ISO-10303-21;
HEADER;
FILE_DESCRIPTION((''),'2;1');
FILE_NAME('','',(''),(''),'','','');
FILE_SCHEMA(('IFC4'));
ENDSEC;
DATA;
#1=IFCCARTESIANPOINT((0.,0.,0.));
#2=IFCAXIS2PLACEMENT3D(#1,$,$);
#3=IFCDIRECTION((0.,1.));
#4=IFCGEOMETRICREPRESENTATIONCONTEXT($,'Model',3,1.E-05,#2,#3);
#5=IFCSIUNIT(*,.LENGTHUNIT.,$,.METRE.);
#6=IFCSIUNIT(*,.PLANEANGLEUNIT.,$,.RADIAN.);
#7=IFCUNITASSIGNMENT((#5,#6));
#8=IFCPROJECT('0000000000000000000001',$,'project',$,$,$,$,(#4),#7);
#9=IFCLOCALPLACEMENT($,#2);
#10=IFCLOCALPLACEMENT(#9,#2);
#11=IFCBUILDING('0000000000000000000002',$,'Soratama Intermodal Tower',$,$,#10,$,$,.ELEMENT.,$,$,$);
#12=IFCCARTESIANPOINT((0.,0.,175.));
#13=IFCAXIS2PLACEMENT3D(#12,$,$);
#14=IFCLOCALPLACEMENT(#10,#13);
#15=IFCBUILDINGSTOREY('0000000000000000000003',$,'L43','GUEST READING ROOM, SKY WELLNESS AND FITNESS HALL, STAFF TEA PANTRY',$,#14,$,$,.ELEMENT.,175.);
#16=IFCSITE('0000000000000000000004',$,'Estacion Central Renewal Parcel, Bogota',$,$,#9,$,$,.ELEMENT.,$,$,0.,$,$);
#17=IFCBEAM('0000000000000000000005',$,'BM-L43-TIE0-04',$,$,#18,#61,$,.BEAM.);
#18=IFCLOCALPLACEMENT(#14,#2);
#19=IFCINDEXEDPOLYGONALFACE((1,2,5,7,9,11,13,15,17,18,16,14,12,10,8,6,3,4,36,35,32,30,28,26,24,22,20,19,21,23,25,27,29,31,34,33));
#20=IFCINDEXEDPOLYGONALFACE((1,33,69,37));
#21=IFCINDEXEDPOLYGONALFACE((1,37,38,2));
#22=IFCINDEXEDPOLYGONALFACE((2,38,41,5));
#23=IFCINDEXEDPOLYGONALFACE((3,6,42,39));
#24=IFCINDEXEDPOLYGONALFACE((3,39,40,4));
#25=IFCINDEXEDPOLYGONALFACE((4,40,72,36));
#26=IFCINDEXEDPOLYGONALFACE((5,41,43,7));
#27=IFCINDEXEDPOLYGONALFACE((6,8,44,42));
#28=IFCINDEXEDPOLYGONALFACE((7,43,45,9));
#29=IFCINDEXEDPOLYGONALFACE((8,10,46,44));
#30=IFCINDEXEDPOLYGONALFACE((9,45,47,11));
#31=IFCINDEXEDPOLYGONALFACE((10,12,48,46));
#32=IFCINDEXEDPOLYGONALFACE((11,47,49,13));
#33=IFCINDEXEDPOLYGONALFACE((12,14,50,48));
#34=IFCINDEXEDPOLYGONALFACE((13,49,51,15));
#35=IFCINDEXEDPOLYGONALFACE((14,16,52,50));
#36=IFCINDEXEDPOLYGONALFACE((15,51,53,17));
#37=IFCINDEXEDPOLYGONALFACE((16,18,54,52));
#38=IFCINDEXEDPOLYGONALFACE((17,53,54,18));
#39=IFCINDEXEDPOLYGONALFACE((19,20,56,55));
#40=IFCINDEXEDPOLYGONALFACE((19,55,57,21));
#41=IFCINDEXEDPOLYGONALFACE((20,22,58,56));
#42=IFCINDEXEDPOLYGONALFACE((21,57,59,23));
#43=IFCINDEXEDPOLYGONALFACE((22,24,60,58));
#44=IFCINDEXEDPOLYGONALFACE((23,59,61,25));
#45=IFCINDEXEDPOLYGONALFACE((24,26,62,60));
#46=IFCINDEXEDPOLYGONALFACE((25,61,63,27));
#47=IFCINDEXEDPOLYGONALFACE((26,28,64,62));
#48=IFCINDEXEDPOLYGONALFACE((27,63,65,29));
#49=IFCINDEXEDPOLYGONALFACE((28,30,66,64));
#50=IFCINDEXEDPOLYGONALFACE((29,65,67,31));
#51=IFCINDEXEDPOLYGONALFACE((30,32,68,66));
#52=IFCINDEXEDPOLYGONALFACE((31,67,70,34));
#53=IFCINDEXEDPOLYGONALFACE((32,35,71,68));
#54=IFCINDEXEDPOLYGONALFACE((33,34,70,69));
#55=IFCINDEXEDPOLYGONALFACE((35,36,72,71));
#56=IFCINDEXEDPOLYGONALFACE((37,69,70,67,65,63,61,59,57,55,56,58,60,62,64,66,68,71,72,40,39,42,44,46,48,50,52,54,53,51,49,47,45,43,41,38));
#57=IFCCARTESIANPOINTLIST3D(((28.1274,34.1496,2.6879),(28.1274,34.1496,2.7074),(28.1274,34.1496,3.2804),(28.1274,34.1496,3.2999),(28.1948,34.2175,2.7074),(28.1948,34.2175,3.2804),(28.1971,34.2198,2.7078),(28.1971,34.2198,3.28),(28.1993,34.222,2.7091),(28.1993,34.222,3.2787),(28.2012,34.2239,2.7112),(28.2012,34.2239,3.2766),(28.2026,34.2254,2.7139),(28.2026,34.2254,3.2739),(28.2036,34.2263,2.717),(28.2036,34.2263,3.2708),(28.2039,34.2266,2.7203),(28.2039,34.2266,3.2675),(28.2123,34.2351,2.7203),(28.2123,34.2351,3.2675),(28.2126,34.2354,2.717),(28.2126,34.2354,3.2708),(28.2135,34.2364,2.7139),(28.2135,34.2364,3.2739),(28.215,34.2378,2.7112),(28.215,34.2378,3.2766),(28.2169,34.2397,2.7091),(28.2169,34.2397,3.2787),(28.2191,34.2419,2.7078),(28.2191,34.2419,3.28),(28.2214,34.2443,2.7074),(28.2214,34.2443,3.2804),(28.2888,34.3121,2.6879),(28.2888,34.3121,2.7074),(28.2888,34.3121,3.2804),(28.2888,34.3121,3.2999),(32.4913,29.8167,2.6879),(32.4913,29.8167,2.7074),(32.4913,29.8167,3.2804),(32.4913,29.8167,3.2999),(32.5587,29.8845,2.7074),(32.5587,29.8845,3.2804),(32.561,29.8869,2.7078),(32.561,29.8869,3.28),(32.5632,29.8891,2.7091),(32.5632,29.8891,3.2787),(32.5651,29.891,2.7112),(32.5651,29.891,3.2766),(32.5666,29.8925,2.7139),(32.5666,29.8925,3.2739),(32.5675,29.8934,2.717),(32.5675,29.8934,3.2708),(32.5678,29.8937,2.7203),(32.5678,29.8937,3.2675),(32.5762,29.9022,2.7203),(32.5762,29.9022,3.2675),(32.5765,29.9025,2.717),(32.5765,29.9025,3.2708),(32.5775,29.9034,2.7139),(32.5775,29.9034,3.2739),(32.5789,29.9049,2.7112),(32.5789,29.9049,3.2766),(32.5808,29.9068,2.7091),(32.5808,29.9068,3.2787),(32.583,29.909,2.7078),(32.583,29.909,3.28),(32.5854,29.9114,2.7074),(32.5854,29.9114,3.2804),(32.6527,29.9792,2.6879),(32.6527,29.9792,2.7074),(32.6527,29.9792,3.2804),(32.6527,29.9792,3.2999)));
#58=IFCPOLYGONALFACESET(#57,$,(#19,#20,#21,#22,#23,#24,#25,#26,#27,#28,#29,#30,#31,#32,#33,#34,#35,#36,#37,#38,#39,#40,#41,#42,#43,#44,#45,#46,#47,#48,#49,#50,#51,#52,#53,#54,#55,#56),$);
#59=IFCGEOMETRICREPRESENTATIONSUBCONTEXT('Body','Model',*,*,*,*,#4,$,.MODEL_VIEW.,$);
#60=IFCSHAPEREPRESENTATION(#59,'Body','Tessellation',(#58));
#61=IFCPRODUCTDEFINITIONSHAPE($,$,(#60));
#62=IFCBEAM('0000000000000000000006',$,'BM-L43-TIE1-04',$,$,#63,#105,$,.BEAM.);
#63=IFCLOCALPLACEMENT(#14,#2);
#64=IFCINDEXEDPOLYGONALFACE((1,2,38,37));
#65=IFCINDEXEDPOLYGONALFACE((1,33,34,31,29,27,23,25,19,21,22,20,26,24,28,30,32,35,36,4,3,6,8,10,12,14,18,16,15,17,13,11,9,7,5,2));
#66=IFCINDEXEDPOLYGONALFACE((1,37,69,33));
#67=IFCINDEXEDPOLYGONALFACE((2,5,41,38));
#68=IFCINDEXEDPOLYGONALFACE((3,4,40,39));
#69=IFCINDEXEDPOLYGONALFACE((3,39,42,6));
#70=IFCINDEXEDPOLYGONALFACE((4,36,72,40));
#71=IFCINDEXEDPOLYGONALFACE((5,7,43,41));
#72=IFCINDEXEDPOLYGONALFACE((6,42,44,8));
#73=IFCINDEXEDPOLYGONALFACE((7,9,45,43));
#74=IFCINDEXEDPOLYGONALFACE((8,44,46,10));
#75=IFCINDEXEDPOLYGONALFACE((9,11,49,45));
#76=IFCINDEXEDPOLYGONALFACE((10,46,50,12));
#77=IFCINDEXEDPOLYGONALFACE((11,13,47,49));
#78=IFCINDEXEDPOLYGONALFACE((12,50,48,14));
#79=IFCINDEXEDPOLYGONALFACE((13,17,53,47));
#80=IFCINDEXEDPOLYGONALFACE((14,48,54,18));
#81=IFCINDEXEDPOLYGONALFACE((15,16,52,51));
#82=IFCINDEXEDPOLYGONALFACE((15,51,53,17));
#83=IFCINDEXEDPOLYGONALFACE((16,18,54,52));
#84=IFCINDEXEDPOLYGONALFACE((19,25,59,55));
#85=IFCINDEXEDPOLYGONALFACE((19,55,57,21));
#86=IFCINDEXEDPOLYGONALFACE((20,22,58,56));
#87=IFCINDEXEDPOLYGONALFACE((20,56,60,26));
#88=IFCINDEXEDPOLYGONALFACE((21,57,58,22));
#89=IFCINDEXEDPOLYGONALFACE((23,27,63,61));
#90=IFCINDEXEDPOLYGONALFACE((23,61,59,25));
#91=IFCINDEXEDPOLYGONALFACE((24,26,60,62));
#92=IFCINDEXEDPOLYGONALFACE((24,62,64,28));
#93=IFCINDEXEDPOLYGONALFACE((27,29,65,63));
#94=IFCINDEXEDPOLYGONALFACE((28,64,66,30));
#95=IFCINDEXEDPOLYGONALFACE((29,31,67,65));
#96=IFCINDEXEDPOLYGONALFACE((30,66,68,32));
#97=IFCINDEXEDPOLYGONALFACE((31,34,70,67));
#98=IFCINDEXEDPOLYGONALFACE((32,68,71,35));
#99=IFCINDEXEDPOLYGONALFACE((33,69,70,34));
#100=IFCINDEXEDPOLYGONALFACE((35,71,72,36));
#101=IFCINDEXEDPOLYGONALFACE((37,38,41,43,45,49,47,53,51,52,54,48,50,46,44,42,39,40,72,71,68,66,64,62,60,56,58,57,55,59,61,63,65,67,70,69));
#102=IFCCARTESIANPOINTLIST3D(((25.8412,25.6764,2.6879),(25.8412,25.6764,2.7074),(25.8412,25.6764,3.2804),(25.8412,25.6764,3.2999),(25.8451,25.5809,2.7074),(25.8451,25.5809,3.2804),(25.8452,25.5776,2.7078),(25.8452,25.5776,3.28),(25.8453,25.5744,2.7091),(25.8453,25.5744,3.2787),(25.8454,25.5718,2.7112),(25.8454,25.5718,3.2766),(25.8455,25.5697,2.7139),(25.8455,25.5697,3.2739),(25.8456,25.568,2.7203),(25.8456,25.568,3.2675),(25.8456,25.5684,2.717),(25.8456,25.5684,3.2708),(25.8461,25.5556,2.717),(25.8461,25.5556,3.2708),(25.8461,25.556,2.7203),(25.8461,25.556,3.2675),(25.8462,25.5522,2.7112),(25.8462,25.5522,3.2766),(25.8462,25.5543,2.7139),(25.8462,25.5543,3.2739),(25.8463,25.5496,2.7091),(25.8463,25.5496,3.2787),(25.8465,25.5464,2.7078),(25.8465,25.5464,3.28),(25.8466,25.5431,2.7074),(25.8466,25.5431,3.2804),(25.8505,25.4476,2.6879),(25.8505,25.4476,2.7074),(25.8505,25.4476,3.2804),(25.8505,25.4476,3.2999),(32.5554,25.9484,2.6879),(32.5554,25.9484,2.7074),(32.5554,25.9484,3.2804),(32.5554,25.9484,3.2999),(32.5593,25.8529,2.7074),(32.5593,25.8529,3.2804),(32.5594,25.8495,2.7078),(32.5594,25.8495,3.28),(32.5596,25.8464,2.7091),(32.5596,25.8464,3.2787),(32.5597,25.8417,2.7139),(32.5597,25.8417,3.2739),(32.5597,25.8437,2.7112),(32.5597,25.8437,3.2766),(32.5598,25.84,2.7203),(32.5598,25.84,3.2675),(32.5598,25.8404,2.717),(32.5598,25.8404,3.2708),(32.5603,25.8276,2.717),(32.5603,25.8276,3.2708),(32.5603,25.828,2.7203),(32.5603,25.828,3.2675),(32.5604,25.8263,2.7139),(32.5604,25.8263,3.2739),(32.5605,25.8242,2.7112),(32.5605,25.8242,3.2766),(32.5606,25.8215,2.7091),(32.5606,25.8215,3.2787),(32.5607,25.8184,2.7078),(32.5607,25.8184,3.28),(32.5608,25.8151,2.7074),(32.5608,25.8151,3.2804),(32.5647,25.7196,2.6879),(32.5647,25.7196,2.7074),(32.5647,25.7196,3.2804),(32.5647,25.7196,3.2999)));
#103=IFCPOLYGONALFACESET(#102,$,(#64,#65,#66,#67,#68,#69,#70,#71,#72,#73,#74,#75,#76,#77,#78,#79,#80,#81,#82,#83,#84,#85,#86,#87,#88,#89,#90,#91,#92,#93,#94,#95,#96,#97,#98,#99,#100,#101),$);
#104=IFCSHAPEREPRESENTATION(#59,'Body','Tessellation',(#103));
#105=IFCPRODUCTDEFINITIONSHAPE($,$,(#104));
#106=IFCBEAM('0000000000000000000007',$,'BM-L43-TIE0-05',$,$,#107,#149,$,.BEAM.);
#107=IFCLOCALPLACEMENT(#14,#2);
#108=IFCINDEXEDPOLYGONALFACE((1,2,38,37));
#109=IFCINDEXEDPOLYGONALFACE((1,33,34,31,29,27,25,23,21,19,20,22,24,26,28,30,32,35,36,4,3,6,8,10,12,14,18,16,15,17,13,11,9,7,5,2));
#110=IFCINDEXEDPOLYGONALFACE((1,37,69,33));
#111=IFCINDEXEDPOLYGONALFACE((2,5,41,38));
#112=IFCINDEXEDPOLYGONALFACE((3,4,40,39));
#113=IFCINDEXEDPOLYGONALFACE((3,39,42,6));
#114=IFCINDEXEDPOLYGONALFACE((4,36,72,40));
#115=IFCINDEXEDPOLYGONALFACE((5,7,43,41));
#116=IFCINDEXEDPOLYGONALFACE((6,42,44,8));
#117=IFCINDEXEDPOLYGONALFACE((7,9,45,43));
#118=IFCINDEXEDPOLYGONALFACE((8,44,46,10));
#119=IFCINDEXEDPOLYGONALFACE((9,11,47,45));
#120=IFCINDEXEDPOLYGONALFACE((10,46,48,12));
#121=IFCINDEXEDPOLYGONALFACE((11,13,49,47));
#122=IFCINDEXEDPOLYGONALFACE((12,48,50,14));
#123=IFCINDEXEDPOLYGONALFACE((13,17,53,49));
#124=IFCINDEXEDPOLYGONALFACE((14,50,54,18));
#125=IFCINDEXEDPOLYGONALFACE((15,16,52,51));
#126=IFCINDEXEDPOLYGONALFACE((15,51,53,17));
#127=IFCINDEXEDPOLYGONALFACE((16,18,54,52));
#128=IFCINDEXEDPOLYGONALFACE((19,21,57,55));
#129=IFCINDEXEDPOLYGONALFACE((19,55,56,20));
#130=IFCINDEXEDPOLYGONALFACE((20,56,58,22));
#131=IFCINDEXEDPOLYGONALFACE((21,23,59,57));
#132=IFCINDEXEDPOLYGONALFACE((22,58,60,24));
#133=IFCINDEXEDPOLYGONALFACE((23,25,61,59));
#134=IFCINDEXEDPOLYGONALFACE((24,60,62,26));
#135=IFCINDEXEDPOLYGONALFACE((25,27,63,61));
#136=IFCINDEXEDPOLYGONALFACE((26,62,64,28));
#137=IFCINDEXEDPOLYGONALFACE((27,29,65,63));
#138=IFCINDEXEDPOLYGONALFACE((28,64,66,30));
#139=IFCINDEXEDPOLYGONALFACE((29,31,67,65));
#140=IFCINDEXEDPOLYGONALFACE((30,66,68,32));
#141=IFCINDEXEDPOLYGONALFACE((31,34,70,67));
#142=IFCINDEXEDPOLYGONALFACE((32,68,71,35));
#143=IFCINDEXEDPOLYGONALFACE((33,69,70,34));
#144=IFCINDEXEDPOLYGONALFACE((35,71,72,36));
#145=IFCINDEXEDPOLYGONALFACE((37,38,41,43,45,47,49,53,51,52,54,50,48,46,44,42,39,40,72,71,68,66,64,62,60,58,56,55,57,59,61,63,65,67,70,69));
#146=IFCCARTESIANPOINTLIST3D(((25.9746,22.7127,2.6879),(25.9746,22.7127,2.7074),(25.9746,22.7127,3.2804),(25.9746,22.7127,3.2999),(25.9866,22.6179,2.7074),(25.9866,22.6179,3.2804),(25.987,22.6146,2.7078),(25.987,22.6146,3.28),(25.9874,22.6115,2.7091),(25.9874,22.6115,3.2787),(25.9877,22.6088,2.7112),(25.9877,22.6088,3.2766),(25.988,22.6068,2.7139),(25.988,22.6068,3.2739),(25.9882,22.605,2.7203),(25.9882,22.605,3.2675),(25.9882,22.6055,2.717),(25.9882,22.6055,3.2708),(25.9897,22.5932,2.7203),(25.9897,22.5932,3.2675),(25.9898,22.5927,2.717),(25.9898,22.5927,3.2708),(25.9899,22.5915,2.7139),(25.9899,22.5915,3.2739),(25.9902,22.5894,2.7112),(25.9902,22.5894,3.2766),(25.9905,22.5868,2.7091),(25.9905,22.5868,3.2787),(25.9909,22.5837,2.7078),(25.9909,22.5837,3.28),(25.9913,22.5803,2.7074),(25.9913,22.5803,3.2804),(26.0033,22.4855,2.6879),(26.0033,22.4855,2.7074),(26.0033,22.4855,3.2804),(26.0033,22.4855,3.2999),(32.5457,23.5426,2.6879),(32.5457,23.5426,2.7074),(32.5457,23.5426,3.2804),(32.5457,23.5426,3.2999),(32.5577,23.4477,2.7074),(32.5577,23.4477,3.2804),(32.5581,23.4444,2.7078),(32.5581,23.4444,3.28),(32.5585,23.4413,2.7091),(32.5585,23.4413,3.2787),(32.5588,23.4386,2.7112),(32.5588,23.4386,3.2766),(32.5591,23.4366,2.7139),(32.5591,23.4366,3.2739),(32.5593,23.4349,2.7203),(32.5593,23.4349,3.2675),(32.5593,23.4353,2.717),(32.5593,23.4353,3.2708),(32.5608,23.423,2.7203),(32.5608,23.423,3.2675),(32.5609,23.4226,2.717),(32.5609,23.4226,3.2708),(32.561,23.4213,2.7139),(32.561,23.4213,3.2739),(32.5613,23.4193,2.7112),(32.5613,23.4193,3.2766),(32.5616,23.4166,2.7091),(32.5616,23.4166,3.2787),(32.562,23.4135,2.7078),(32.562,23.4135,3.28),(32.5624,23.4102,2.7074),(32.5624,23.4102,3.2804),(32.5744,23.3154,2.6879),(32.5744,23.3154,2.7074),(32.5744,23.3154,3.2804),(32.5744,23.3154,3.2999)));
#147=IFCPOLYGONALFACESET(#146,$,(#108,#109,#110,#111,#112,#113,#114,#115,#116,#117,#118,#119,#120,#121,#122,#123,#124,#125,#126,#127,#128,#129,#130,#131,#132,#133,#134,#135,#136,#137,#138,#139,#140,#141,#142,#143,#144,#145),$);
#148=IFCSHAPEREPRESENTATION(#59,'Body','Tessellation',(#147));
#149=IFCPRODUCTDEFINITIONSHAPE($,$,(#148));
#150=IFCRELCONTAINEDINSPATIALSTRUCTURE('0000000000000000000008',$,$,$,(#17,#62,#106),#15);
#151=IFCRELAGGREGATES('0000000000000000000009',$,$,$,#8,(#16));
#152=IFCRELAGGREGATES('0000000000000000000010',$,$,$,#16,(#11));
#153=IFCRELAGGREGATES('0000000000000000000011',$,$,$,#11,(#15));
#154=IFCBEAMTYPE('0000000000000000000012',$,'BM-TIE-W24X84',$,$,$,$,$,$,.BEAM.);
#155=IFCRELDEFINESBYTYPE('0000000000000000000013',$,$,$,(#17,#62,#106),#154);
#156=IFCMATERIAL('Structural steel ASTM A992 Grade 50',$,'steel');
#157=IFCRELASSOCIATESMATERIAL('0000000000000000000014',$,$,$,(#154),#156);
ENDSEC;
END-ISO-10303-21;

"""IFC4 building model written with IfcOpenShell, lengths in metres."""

from ifc_helpers import new_model, si_unit, direction, frame, origin, origin_2d, place, context, subcontext, project, spatial, i_section, extrude, material, material_profile, profile_set, type_object, element, save


model = new_model("IFC4")

# Units and contexts
model_context = context("Model", 3, precision=1e-05, world=origin(), true_north=direction((0.0, 1.0)))
body_context = subcontext(model_context, "Body", "Model", "MODEL_VIEW")
ifc_project = project(units=[si_unit("LENGTHUNIT", "METRE"), si_unit("PLANEANGLEUNIT", "RADIAN")], contexts=[model_context])

# Site, building, storey
site_placement = place(None, origin())
site = spatial("IfcSite", under=ifc_project, at=site_placement, Name="Estacion Central Renewal Parcel, Bogota", CompositionType="ELEMENT", RefElevation=0.0)
building_placement = place(site_placement, origin())
building = spatial("IfcBuilding", under=site, at=building_placement, Name="Soratama Intermodal Tower", CompositionType="ELEMENT")
storey_placement = place(building_placement, frame((0.0, 0.0, 175.0)))
storey = spatial("IfcBuildingStorey", under=building, at=storey_placement, Name="L43", Description="GUEST READING ROOM, SKY WELLNESS AND FITNESS HALL, STAFF TEA PANTRY", CompositionType="ELEMENT", Elevation=175.0)

# Beams
ifc_material_1 = material(Name="Structural steel ASTM A992 Grade 50", Category="steel")
ifc_material_profile_1 = material_profile(ifc_material_1, i_section(OverallWidth=0.229, OverallDepth=0.6121, WebThickness=0.012, FlangeThickness=0.0195, FilletRadius=0.0129, at=origin_2d()), Name="W24X84")
ifc_profile_set_1 = profile_set([ifc_material_profile_1], Name="Structural steel ASTM A992 Grade 50")
beam_type_1 = type_object("IfcBeamType", Name="BM-TIE-W24X84", PredefinedType="BEAM", material=ifc_profile_set_1)
beam_1_placement = place(storey_placement, frame((32.572, 29.8979, 2.9939), z_axis=(-0.709623, 0.704581, 0.0), x_axis=(-0.704581, -0.709623, 0.0)))
element("IfcBeam", 1, at=beam_1_placement, inside=storey, type_object=beam_type_1, Name="BM-L43-TIE0-04", PredefinedType="BEAM", context=body_context, shape_type="SweptSolid", body=[
    extrude(i_section(OverallWidth=0.229, OverallDepth=0.6121, WebThickness=0.012, FlangeThickness=0.0195, FilletRadius=0.0129, at=origin_2d()), origin(), (0.0, 0.0, 1.0), 6.1497),
])
beam_2_placement = place(storey_placement, frame((32.5601, 25.834, 2.9939), z_axis=(-0.999181, -0.040474, 0.0), x_axis=(0.040474, -0.999181, 0.0)))
element("IfcBeam", 2, at=beam_2_placement, inside=storey, type_object=beam_type_1, Name="BM-L43-TIE1-04", PredefinedType="BEAM", context=body_context, shape_type="SweptSolid", body=[
    extrude(i_section(OverallWidth=0.229, OverallDepth=0.6121, WebThickness=0.012, FlangeThickness=0.0195, FilletRadius=0.0129, at=origin_2d()), origin(), (0.0, 0.0, 1.0), 6.7197),
])
beam_3_placement = place(storey_placement, frame((32.5601, 23.429, 2.9939), z_axis=(-0.99212, -0.125291, 0.0), x_axis=(0.125291, -0.99212, 0.0)))
element("IfcBeam", 3, at=beam_3_placement, inside=storey, type_object=beam_type_1, Name="BM-L43-TIE0-05", PredefinedType="BEAM", context=body_context, shape_type="SweptSolid", body=[
    extrude(i_section(OverallWidth=0.229, OverallDepth=0.6121, WebThickness=0.012, FlangeThickness=0.0195, FilletRadius=0.0129, at=origin_2d()), origin(), (0.0, 0.0, 1.0), 6.6233),
])

save(model, "model.ifc")
